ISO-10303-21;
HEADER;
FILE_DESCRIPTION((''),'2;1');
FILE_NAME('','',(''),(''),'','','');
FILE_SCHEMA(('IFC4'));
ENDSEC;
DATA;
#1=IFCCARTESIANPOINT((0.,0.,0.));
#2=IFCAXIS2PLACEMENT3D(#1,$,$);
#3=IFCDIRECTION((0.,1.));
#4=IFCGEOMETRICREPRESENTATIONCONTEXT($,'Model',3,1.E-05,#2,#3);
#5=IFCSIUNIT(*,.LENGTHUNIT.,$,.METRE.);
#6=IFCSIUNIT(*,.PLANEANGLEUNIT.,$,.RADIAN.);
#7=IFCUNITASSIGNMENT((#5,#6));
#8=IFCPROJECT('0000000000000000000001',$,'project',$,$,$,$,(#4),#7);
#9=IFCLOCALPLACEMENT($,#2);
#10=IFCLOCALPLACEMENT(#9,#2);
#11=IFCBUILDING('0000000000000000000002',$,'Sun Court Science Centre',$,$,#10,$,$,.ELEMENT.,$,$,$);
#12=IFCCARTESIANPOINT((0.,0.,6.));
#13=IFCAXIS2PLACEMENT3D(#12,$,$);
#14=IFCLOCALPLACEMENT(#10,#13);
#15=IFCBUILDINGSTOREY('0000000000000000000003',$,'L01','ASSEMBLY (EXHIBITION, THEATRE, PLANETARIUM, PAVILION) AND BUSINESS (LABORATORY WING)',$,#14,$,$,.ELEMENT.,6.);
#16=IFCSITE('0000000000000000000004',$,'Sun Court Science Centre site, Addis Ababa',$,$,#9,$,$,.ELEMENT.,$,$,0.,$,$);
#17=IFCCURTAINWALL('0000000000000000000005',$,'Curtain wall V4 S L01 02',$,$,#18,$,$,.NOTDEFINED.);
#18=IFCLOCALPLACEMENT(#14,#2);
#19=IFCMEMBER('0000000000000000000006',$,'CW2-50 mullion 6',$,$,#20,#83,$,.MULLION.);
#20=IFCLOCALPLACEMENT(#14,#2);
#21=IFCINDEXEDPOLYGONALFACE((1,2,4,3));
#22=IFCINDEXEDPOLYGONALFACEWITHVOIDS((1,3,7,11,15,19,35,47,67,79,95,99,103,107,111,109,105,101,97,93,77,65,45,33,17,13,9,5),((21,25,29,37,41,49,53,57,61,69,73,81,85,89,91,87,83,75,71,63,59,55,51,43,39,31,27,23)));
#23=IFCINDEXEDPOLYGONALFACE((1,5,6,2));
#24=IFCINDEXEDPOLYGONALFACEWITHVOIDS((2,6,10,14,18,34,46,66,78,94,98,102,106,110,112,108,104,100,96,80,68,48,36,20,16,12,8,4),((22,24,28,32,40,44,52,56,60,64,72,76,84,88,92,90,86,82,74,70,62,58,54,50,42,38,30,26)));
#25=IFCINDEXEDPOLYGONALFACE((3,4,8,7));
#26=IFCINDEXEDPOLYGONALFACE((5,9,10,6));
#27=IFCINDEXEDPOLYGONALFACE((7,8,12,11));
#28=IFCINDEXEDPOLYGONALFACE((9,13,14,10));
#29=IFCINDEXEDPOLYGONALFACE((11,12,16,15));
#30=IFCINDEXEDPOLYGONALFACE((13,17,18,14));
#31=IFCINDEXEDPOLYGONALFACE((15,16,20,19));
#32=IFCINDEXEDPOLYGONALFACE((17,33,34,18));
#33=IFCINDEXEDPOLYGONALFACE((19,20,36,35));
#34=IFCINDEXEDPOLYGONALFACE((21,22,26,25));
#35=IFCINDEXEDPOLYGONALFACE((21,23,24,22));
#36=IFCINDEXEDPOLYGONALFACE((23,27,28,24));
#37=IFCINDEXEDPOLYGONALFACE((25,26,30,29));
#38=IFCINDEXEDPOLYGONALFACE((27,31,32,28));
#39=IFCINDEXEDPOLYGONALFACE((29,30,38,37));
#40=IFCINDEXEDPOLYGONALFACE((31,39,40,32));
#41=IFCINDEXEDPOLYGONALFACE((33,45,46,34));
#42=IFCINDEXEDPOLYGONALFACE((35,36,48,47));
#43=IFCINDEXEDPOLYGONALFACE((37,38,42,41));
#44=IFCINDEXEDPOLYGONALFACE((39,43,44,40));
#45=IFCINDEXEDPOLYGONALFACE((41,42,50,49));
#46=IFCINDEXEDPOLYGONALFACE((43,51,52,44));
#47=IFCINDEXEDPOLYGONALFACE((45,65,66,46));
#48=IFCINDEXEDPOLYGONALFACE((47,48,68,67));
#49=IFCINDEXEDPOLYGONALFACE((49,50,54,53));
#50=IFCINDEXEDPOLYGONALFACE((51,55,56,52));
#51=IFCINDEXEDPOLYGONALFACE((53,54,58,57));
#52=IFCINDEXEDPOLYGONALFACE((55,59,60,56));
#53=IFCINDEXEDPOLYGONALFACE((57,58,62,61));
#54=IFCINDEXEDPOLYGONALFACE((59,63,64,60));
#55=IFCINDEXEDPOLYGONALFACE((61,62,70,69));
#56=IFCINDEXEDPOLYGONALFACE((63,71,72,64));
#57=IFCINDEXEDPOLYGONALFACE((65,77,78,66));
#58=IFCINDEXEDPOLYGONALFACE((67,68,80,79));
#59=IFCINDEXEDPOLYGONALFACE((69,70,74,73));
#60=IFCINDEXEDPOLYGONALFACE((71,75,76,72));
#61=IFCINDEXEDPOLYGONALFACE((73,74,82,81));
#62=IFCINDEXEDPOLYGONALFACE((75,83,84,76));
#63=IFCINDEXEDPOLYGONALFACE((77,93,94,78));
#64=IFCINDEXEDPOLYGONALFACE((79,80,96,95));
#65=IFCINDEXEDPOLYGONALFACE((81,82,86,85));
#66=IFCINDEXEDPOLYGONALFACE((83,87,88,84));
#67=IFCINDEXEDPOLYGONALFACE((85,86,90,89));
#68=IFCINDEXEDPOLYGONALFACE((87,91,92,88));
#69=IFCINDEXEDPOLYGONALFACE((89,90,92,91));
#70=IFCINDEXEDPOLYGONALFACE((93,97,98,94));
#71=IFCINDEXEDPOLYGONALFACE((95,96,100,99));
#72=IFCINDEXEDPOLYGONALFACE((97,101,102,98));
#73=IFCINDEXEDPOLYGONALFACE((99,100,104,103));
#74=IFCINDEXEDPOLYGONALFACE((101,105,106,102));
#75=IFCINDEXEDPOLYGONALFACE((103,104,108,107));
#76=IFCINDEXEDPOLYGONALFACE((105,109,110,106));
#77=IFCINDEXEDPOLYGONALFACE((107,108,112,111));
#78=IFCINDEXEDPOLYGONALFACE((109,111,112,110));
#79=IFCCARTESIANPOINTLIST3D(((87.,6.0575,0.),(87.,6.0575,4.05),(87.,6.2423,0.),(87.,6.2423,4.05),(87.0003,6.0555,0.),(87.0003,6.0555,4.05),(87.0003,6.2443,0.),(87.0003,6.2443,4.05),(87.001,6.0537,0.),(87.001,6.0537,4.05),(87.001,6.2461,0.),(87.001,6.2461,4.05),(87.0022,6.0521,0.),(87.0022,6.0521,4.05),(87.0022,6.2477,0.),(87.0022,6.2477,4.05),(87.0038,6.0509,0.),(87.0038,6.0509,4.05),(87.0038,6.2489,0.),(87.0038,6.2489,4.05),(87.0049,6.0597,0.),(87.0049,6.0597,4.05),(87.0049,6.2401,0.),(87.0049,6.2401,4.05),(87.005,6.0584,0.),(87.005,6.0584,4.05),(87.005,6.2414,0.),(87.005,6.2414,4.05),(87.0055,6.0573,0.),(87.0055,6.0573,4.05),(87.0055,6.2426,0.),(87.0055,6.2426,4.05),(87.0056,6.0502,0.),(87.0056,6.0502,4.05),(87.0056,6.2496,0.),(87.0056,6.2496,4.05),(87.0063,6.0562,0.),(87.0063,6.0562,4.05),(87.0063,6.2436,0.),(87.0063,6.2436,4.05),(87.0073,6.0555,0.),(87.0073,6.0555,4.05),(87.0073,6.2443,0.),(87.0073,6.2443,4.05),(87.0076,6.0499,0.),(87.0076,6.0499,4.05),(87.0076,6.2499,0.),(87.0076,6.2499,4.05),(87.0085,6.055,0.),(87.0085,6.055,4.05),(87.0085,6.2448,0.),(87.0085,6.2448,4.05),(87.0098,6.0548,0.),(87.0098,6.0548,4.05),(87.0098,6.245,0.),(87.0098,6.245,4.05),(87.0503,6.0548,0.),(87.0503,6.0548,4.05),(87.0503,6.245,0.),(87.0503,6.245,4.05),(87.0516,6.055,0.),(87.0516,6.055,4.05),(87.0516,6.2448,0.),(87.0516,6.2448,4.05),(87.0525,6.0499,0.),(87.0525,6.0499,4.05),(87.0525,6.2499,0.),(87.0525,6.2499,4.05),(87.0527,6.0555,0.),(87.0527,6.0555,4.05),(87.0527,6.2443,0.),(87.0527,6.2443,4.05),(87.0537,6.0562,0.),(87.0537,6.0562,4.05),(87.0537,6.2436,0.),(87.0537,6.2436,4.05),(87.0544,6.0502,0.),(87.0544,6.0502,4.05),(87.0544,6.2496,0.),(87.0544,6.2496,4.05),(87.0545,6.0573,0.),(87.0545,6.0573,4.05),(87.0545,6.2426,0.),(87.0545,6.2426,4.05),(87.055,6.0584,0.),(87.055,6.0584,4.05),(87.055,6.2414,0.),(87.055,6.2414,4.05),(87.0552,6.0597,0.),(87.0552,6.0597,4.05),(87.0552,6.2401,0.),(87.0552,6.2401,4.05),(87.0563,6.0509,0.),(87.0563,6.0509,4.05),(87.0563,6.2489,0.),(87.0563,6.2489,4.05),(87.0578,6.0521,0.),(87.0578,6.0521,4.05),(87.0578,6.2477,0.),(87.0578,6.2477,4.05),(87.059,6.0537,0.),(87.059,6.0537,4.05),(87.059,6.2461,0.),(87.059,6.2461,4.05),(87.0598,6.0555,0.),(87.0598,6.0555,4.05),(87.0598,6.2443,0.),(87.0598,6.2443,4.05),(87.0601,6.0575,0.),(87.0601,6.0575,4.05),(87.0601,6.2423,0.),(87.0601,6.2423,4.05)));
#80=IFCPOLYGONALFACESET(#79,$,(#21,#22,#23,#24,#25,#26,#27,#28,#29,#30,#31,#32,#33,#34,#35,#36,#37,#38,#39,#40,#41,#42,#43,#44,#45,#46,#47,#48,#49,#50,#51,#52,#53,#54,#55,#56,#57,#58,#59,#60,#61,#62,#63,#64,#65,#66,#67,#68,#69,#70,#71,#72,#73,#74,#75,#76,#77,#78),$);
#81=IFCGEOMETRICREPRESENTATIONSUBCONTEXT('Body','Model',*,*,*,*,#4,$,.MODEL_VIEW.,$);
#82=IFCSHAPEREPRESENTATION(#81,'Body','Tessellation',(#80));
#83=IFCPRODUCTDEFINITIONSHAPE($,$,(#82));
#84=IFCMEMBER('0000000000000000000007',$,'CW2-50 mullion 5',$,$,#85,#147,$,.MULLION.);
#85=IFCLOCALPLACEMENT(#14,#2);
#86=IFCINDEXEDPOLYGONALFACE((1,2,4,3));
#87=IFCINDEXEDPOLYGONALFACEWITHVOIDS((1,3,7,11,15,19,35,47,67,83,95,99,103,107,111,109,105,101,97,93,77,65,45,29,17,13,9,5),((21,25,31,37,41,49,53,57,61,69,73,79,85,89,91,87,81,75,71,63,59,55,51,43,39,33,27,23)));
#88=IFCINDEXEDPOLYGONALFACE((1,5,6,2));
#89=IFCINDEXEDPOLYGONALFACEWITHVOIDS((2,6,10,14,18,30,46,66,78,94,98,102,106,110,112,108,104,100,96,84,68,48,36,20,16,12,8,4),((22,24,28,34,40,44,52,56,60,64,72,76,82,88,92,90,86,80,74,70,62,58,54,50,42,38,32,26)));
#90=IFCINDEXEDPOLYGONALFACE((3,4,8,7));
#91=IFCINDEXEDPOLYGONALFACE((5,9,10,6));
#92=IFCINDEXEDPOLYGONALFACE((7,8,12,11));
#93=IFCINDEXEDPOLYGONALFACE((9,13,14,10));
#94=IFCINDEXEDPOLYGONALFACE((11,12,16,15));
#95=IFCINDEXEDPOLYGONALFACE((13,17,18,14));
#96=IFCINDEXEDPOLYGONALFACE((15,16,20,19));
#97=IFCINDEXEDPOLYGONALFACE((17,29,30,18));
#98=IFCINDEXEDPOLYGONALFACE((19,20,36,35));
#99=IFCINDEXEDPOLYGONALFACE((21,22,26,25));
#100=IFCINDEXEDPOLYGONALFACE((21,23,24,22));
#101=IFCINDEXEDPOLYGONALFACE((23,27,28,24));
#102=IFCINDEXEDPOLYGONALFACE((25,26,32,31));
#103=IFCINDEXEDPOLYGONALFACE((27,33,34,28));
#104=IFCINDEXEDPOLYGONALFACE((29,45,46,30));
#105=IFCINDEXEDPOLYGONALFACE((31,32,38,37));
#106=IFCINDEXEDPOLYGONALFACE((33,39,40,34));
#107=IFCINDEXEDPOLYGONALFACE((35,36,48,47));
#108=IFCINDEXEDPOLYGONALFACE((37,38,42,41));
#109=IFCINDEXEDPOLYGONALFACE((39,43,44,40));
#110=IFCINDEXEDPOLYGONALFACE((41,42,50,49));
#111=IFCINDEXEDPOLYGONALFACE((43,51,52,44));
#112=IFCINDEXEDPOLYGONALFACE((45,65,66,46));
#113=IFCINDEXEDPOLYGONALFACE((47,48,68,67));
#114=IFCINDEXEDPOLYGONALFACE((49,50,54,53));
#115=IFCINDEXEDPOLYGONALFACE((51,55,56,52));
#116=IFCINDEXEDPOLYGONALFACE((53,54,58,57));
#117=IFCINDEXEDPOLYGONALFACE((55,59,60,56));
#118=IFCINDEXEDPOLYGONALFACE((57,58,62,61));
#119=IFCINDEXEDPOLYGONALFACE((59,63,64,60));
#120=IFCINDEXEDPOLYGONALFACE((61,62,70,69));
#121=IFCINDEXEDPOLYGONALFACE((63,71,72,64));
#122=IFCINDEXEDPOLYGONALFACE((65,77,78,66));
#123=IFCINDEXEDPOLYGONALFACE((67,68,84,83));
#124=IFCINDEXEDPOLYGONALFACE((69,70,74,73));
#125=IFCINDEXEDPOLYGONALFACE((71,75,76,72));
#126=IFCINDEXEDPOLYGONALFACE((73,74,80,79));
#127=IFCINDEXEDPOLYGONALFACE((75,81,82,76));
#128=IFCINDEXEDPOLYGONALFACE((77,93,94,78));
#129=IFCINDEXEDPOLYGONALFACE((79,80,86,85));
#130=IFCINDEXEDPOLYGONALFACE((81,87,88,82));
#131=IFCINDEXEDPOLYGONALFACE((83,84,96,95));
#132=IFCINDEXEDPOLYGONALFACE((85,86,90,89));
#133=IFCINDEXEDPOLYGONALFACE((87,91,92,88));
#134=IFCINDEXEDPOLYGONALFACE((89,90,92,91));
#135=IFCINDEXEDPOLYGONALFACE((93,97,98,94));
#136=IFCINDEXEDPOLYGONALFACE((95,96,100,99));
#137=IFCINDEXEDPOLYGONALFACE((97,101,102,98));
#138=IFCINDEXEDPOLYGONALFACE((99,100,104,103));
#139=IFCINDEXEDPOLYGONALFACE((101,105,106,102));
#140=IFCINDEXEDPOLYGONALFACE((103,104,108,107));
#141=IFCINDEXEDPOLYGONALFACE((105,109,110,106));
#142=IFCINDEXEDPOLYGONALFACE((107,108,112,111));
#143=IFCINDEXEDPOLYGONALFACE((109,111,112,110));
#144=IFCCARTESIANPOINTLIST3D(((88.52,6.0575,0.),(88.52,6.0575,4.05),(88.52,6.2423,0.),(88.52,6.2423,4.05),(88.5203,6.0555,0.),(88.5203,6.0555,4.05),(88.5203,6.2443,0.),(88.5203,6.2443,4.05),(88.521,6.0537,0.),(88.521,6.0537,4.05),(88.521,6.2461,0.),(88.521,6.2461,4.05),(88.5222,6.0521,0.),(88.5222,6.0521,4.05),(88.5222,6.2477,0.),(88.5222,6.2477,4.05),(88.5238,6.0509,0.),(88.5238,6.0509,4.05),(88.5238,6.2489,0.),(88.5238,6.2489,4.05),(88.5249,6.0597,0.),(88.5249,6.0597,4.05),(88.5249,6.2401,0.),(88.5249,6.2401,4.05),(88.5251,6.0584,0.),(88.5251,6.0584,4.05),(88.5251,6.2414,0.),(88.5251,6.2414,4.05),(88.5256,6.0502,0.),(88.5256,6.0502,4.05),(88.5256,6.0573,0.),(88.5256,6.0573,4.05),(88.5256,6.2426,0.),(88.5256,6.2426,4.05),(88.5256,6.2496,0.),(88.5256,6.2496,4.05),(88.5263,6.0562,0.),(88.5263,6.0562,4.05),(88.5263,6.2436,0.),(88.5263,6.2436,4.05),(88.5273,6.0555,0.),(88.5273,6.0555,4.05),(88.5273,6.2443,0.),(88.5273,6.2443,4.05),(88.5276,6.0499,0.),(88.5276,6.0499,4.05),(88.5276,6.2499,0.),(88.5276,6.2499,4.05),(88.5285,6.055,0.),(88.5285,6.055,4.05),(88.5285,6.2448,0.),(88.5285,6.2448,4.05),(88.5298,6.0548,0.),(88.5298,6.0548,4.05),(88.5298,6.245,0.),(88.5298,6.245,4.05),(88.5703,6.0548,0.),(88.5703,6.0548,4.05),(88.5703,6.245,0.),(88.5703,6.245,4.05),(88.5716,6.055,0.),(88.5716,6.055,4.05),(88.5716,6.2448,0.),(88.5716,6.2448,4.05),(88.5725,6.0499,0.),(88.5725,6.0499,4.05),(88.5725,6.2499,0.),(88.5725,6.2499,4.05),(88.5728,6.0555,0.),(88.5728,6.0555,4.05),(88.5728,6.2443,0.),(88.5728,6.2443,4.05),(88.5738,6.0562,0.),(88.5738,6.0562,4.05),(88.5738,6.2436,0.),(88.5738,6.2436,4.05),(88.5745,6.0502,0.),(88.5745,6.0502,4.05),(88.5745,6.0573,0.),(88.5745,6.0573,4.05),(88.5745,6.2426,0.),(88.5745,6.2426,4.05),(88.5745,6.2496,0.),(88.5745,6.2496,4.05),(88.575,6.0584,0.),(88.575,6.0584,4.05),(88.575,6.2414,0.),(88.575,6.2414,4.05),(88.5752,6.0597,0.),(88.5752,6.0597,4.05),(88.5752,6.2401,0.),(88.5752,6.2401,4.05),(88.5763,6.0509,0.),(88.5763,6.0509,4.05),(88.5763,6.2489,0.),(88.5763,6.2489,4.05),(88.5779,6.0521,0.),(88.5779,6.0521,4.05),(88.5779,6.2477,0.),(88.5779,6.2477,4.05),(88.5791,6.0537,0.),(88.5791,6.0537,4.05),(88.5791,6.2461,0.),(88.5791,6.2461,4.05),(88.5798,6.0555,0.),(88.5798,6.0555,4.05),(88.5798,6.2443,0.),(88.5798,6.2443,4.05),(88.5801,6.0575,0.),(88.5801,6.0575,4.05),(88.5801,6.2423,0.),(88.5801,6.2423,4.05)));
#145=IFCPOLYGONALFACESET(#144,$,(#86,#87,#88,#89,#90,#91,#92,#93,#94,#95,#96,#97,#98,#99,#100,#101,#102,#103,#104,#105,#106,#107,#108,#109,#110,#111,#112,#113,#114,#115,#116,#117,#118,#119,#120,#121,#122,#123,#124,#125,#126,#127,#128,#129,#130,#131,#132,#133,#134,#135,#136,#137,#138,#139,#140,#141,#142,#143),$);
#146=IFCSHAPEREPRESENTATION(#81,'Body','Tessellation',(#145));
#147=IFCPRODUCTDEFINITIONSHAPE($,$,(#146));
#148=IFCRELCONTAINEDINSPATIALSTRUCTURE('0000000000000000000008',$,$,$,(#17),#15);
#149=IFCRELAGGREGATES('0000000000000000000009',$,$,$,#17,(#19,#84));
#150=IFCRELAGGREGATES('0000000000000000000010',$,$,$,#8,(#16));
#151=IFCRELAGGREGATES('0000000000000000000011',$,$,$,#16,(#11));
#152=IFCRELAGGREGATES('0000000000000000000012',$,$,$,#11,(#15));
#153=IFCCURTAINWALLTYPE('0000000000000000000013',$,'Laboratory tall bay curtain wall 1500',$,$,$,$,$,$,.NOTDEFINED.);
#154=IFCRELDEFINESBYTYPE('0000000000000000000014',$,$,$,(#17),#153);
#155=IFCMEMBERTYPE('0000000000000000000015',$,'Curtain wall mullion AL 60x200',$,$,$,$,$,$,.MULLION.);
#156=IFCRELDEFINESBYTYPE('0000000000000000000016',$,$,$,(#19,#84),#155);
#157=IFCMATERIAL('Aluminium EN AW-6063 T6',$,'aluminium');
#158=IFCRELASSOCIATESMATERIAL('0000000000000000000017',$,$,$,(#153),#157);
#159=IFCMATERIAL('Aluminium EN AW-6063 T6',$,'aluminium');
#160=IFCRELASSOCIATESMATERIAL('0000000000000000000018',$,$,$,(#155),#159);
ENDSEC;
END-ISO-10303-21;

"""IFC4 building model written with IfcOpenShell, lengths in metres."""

from ifc_helpers import new_model, si_unit, direction, frame, origin, origin_2d, place, context, subcontext, project, spatial, hollow_rectangle, extrude, material, material_profile, profile_set, type_object, element, aggregate, save


model = new_model("IFC4")

# Units and contexts
model_context = context("Model", 3, precision=1e-05, world=origin(), true_north=direction((0.0, 1.0)))
body_context = subcontext(model_context, "Body", "Model", "MODEL_VIEW")
ifc_project = project(units=[si_unit("LENGTHUNIT", "METRE"), si_unit("PLANEANGLEUNIT", "RADIAN")], contexts=[model_context])

# Site, building, storey
site_placement = place(None, origin())
site = spatial("IfcSite", under=ifc_project, at=site_placement, Name="Sun Court Science Centre site, Addis Ababa", CompositionType="ELEMENT", RefElevation=0.0)
building_placement = place(site_placement, origin())
building = spatial("IfcBuilding", under=site, at=building_placement, Name="Sun Court Science Centre", CompositionType="ELEMENT")
storey_placement = place(building_placement, frame((0.0, 0.0, 6.0)))
storey = spatial("IfcBuildingStorey", under=building, at=storey_placement, Name="L01", Description="ASSEMBLY (EXHIBITION, THEATRE, PLANETARIUM, PAVILION) AND BUSINESS (LABORATORY WING)", CompositionType="ELEMENT", Elevation=6.0)

# Curtain wall, members
ifc_material_1 = material(Name="Aluminium EN AW-6063 T6", Category="aluminium")
curtain_wall_type = type_object("IfcCurtainWallType", Name="Laboratory tall bay curtain wall 1500", PredefinedType="NOTDEFINED", material=ifc_material_1)
curtain_wall_placement = place(storey_placement, origin())
curtain_wall = element("IfcCurtainWall", 1, at=curtain_wall_placement, inside=storey, type_object=curtain_wall_type, Name="Curtain wall V4 S L01 02", PredefinedType="NOTDEFINED")
ifc_material_2 = material(Name="Aluminium EN AW-6063 T6", Category="aluminium")
ifc_material_profile_1 = material_profile(ifc_material_2, hollow_rectangle(XDim=0.0601, YDim=0.2, WallThickness=0.0049, InnerFilletRadius=0.0049, OuterFilletRadius=0.0076, at=origin_2d()), Name="AL 60x200x5")
ifc_profile_set_1 = profile_set([ifc_material_profile_1], Name="Aluminium EN AW-6063 T6")
member_type_1 = type_object("IfcMemberType", Name="Curtain wall mullion AL 60x200", PredefinedType="MULLION", material=ifc_profile_set_1)
member_1_placement = place(storey_placement, frame((87.03, 6.1499, 0.0), z_axis=(0.0, 0.0, 1.0), x_axis=(-1.0, 0.0, 0.0)))
member_1 = element("IfcMember", 2, at=member_1_placement, type_object=member_type_1, Name="CW2-50 mullion 6", PredefinedType="MULLION", context=body_context, shape_type="SweptSolid", body=[
    extrude(hollow_rectangle(XDim=0.0601, YDim=0.2, WallThickness=0.0049, InnerFilletRadius=0.0049, OuterFilletRadius=0.0076, at=origin_2d()), origin(), (0.0, 0.0, 1.0), 4.05),
])
member_2_placement = place(storey_placement, frame((88.55, 6.1499, 0.0), z_axis=(0.0, 0.0, 1.0), x_axis=(-1.0, 0.0, 0.0)))
member_2 = element("IfcMember", 3, at=member_2_placement, type_object=member_type_1, Name="CW2-50 mullion 5", PredefinedType="MULLION", context=body_context, shape_type="SweptSolid", body=[
    extrude(hollow_rectangle(XDim=0.0601, YDim=0.2, WallThickness=0.0049, InnerFilletRadius=0.0049, OuterFilletRadius=0.0076, at=origin_2d()), origin(), (0.0, 0.0, 1.0), 4.05),
])

aggregate(curtain_wall, [member_1, member_2])

save(model, "model.ifc")
